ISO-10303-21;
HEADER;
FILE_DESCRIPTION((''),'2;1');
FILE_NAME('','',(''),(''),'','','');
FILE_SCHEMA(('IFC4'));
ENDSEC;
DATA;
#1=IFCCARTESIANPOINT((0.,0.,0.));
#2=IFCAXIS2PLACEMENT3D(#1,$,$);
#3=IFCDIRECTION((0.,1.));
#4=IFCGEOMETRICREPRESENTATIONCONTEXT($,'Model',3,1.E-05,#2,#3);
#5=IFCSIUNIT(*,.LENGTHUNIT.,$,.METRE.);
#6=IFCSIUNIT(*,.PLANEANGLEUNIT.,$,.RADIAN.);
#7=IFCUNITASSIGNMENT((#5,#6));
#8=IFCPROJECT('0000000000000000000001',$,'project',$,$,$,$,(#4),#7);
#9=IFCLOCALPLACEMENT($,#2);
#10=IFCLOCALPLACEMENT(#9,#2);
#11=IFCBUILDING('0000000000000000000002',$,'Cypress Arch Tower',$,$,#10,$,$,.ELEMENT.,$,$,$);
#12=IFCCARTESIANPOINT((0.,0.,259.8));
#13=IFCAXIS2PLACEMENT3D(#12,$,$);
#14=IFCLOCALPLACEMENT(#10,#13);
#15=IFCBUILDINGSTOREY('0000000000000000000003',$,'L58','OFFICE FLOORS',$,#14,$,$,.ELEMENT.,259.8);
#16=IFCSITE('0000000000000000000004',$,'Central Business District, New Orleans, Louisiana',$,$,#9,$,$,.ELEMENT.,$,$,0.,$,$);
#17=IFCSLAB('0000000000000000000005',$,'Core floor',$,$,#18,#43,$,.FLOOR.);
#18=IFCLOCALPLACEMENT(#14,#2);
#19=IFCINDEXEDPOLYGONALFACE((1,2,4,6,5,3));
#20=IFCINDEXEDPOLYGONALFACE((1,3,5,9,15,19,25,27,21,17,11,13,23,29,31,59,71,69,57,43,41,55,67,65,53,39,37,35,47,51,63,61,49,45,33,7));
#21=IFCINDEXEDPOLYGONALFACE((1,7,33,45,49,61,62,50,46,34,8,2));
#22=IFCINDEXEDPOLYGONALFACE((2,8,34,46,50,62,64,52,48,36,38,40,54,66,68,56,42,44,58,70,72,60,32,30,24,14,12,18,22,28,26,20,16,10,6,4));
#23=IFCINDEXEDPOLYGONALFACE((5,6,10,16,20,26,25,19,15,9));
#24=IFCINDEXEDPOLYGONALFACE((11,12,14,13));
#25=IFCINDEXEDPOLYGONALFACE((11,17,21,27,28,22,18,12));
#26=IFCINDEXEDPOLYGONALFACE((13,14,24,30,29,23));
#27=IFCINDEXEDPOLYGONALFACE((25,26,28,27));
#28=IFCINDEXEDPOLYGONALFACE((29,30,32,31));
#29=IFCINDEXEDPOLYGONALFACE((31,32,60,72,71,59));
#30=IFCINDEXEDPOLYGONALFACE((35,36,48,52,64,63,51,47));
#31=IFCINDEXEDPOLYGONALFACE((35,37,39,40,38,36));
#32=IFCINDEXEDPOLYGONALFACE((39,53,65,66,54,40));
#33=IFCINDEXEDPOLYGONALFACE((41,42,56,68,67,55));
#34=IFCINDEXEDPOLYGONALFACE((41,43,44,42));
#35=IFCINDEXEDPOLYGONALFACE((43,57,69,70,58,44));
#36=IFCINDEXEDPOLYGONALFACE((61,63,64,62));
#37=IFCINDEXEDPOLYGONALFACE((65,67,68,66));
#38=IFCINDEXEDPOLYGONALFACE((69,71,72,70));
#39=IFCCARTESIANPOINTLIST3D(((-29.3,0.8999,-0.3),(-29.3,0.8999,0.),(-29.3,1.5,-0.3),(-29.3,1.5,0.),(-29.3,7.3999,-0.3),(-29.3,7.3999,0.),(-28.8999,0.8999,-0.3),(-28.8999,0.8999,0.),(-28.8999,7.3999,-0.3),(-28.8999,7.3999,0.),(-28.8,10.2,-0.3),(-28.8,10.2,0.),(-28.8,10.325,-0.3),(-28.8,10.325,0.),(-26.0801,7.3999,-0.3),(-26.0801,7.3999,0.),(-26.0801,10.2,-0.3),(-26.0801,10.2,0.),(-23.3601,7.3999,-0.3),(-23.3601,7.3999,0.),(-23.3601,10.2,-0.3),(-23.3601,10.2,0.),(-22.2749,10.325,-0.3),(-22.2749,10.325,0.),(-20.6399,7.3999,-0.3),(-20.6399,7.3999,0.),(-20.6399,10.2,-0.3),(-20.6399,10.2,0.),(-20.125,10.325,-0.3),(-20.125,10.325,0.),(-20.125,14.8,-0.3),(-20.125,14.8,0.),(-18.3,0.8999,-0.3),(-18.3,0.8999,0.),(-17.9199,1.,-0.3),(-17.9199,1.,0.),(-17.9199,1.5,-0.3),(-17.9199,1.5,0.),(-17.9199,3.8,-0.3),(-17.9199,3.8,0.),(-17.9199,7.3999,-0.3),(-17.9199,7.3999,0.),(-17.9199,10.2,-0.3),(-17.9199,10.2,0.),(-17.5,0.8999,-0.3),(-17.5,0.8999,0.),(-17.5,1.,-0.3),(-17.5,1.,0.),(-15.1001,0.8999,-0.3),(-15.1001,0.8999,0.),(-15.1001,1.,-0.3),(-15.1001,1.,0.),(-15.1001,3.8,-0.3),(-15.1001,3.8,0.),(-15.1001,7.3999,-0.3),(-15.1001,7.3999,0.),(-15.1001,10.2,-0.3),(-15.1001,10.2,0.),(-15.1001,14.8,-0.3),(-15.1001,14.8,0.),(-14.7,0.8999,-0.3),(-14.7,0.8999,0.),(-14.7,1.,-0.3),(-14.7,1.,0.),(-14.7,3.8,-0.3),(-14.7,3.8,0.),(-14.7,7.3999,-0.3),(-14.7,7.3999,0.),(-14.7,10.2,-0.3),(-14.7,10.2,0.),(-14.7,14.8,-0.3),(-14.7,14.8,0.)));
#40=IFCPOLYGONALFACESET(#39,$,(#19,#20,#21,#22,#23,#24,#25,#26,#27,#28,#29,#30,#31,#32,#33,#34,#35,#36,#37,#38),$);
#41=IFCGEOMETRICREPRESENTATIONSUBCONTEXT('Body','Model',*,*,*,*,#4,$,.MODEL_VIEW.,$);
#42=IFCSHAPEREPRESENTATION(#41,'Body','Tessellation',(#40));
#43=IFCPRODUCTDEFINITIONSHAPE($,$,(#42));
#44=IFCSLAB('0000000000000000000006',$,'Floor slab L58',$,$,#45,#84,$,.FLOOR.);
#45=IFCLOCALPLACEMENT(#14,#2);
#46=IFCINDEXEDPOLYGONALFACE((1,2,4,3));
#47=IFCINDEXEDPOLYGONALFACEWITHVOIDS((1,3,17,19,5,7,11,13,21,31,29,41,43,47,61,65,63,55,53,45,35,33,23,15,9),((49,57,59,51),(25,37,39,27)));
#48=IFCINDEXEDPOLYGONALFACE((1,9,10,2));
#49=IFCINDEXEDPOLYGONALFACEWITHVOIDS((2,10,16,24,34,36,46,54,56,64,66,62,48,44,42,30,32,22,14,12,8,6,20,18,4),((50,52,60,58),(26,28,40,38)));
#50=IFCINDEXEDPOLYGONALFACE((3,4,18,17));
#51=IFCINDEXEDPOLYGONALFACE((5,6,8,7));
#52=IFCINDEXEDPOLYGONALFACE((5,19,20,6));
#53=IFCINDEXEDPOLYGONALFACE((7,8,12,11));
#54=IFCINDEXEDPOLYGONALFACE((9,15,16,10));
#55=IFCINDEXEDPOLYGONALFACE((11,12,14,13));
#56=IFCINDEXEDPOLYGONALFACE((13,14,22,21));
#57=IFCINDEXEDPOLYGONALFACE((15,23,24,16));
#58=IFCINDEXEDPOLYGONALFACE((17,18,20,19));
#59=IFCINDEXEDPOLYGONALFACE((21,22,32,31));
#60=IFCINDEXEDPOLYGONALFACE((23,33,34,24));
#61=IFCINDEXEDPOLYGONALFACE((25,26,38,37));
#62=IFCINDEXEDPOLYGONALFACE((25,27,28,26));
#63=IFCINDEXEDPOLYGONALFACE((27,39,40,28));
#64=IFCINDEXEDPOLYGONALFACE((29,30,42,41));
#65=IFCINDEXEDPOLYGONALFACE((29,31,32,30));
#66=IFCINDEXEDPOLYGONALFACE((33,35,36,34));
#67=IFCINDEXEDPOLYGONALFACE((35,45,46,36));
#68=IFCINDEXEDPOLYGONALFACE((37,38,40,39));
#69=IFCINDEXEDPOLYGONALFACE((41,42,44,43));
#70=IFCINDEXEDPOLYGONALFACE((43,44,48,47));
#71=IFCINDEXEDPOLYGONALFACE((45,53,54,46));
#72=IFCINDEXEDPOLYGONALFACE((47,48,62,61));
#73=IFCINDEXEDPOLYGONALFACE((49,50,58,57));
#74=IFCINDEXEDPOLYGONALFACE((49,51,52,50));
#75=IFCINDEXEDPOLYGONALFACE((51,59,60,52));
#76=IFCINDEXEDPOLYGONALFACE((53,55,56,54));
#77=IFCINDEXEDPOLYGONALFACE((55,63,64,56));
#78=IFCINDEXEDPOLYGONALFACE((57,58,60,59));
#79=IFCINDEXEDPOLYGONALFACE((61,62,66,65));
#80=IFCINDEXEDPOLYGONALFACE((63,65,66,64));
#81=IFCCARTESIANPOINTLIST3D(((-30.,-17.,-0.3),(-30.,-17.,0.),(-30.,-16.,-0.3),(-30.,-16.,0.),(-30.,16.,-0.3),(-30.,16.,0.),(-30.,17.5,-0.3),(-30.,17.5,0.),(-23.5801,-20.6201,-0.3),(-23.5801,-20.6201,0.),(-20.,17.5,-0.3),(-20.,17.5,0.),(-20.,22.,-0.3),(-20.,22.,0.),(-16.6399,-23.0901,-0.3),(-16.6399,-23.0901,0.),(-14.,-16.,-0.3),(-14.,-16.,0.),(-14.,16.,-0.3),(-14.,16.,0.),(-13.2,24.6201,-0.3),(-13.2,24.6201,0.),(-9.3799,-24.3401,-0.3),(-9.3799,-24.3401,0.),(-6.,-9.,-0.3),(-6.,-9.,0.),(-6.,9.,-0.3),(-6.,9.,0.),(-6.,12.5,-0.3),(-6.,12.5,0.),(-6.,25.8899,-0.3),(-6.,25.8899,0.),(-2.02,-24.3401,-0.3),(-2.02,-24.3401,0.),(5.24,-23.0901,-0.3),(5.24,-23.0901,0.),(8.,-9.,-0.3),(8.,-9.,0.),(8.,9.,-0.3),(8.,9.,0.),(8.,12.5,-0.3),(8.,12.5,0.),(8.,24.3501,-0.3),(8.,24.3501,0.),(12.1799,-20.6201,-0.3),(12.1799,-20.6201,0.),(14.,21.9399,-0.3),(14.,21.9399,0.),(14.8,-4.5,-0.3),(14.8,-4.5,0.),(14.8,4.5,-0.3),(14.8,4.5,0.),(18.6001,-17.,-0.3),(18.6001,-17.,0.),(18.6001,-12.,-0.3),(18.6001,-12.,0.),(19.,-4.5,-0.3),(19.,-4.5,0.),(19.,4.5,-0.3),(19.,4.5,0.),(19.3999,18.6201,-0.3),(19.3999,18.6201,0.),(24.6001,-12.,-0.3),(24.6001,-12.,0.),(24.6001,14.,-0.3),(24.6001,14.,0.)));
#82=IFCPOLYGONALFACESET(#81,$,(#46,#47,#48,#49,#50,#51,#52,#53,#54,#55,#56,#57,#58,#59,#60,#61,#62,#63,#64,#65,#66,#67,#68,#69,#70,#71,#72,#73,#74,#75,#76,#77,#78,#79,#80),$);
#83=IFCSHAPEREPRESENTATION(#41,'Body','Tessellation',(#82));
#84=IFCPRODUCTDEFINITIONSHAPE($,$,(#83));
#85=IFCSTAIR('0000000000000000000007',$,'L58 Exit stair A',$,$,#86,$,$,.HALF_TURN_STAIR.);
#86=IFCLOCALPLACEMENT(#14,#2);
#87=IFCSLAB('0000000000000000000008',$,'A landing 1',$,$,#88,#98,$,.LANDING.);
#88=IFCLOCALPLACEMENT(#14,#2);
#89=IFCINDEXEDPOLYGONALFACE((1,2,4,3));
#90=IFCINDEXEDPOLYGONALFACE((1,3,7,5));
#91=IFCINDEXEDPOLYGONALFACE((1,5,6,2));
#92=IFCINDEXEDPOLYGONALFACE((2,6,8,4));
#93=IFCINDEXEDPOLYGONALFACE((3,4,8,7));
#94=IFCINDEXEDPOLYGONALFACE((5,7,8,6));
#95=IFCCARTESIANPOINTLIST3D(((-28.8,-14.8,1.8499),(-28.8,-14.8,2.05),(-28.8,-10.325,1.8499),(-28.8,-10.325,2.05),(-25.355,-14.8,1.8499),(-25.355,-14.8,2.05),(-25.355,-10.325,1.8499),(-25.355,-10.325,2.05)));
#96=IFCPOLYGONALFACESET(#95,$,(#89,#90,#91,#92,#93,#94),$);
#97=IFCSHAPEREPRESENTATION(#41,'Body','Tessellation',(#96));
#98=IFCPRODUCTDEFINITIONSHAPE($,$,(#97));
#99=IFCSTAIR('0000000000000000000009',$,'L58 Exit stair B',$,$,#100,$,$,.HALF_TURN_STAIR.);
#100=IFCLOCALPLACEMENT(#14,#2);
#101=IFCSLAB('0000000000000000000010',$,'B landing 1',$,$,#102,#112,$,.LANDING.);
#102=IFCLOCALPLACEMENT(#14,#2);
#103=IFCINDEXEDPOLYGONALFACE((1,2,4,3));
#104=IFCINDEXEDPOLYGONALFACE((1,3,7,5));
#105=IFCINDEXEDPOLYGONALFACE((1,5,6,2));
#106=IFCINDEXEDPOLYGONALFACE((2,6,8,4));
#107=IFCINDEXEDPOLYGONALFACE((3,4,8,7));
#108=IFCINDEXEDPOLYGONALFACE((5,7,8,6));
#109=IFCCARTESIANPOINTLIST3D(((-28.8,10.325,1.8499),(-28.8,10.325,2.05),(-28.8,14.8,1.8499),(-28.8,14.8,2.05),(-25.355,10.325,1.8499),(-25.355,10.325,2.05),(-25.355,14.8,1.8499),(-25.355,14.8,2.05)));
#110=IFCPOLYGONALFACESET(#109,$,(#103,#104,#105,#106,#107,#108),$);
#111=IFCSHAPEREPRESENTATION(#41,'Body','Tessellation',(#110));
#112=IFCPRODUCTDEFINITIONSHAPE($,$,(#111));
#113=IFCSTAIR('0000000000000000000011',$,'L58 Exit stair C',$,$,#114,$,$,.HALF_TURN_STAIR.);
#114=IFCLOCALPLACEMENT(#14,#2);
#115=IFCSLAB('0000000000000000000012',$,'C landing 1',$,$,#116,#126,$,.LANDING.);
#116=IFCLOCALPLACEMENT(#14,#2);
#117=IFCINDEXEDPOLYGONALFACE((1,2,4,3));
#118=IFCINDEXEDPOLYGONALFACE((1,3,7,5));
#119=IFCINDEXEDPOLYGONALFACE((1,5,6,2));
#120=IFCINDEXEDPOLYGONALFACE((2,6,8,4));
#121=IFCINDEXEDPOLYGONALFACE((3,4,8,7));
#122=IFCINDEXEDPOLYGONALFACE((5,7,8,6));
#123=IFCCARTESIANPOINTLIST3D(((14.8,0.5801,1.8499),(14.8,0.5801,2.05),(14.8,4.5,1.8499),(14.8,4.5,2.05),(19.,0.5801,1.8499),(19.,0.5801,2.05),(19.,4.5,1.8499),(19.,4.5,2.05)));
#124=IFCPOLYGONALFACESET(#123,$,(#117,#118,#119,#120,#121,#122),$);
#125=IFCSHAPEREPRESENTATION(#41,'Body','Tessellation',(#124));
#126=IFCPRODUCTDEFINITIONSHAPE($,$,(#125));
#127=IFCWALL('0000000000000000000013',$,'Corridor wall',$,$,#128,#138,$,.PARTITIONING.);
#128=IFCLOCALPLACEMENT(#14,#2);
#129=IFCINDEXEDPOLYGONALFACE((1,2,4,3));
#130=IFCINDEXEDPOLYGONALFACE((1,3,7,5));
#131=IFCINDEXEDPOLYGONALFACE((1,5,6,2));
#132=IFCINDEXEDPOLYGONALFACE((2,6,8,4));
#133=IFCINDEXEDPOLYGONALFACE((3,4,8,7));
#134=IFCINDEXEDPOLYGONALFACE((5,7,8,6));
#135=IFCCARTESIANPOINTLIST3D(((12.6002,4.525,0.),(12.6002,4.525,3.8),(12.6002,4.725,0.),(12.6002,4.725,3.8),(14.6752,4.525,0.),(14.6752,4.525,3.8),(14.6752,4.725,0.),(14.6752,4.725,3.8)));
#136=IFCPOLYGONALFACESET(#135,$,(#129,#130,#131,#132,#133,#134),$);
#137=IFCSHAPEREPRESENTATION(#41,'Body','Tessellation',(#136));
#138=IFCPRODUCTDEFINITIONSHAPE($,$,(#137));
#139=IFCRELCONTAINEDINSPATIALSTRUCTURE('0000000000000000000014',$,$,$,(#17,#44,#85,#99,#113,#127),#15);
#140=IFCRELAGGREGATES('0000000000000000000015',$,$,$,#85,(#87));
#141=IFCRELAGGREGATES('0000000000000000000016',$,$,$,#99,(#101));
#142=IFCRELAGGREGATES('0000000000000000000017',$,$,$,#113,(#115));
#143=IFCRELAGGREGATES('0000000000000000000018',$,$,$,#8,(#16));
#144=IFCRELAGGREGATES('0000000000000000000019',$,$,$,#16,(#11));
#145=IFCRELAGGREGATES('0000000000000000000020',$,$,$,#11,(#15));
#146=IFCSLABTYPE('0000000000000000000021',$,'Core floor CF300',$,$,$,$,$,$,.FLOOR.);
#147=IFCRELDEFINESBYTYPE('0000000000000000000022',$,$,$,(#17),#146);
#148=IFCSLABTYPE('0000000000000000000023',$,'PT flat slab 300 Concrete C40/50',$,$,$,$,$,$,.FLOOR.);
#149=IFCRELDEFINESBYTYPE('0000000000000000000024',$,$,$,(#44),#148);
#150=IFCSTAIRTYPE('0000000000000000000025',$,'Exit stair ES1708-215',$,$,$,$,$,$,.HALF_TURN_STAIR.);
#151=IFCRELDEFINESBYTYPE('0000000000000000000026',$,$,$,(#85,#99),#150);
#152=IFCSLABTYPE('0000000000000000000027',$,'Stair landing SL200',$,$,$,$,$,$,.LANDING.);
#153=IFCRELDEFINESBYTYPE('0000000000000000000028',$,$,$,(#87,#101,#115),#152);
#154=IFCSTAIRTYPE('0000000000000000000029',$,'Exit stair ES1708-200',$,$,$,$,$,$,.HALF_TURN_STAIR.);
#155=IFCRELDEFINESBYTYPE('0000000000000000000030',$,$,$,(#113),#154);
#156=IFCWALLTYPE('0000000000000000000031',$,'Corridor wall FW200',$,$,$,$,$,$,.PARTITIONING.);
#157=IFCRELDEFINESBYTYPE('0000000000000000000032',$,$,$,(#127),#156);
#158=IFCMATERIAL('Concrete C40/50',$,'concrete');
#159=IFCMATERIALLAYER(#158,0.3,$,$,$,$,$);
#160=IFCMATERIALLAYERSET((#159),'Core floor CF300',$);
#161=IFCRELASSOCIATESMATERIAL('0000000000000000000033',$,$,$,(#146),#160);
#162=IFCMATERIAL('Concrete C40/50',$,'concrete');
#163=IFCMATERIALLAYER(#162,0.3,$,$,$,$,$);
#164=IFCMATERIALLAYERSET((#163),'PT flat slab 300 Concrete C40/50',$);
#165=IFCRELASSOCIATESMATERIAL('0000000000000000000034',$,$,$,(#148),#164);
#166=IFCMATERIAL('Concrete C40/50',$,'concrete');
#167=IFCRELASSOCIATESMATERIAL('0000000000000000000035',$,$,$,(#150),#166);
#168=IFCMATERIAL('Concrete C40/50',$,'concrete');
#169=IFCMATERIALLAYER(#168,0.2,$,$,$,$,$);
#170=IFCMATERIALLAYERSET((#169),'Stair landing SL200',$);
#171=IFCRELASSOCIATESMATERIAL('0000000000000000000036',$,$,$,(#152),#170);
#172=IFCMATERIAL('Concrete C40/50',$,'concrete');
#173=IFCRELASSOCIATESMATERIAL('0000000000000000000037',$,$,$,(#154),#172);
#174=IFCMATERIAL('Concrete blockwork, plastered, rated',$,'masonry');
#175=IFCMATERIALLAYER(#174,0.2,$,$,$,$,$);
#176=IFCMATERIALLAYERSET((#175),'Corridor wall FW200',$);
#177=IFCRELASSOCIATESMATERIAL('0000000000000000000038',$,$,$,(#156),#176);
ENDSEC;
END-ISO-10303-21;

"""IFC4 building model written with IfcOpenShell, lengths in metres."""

from ifc_helpers import new_model, si_unit, direction, frame, frame_2d, origin, place, context, subcontext, project, spatial, polyline, rectangle, outline, extrude, material, layer, layer_set, type_object, element, aggregate, save


model = new_model("IFC4")

# Units and contexts
model_context = context("Model", 3, precision=1e-05, world=origin(), true_north=direction((0.0, 1.0)))
body_context = subcontext(model_context, "Body", "Model", "MODEL_VIEW")
ifc_project = project(units=[si_unit("LENGTHUNIT", "METRE"), si_unit("PLANEANGLEUNIT", "RADIAN")], contexts=[model_context])

# Site, building, storey
site_placement = place(None, origin())
site = spatial("IfcSite", under=ifc_project, at=site_placement, Name="Central Business District, New Orleans, Louisiana", CompositionType="ELEMENT", RefElevation=0.0)
building_placement = place(site_placement, origin())
building = spatial("IfcBuilding", under=site, at=building_placement, Name="Cypress Arch Tower", CompositionType="ELEMENT")
storey_placement = place(building_placement, frame((0.0, 0.0, 259.8)))
storey = spatial("IfcBuildingStorey", under=building, at=storey_placement, Name="L58", Description="OFFICE FLOORS", CompositionType="ELEMENT", Elevation=259.8)

# Slabs
ifc_material_1 = material(Name="Concrete C40/50", Category="concrete")
ifc_layer_1 = layer(ifc_material_1, 0.3)
ifc_layer_set_1 = layer_set([ifc_layer_1], Name="Core floor CF300")
slab_type_1 = type_object("IfcSlabType", Name="Core floor CF300", PredefinedType="FLOOR", material=ifc_layer_set_1)
slab_1_placement = place(storey_placement, frame((0.0, 0.0, -0.3)))
element("IfcSlab", 1, at=slab_1_placement, inside=storey, type_object=slab_type_1, Name="Core floor", PredefinedType="FLOOR", context=body_context, shape_type="SweptSolid", body=[
    extrude(outline(polyline([(-20.6399, 10.2), (-23.3601, 10.2), (-26.0801, 10.2), (-28.8, 10.2), (-28.8, 10.325), (-22.2749, 10.325), (-20.125, 10.325), (-20.125, 14.8), (-15.1001, 14.8), (-14.7, 14.8), (-14.7, 10.2), (-15.1001, 10.2), (-17.9199, 10.2), (-17.9199, 7.3999), (-15.1001, 7.3999), (-14.7, 7.3999), (-14.7, 3.8), (-15.1001, 3.8), (-17.9199, 3.8), (-17.9199, 1.5), (-17.9199, 1.0), (-17.5, 1.0), (-15.1001, 1.0), (-14.7, 1.0), (-14.7, 0.8999), (-15.1001, 0.8999), (-17.5, 0.8999), (-18.3, 0.8999), (-28.8999, 0.8999), (-29.3, 0.8999), (-29.3, 1.5), (-29.3, 7.3999), (-28.8999, 7.3999), (-26.0801, 7.3999), (-23.3601, 7.3999), (-20.6399, 7.3999), (-20.6399, 10.2)])), origin(), (0.0, 0.0, 1.0), 0.3),
])
ifc_material_2 = material(Name="Concrete C40/50", Category="concrete")
ifc_layer_2 = layer(ifc_material_2, 0.3)
ifc_layer_set_2 = layer_set([ifc_layer_2], Name="PT flat slab 300 Concrete C40/50")
slab_type_2 = type_object("IfcSlabType", Name="PT flat slab 300 Concrete C40/50", PredefinedType="FLOOR", material=ifc_layer_set_2)
slab_2_placement = place(storey_placement, frame((0.0, 0.0, -0.3)))
element("IfcSlab", 2, at=slab_2_placement, inside=storey, type_object=slab_type_2, Name="Floor slab L58", PredefinedType="FLOOR", context=body_context, shape_type="SweptSolid", body=[
    extrude(outline(polyline([(-30.0, 17.5), (-20.0, 17.5), (-20.0, 22.0), (-13.2, 24.6201), (-6.0, 25.8899), (-6.0, 12.5), (8.0, 12.5), (8.0, 24.3501), (14.0, 21.9399), (19.3999, 18.6201), (24.6001, 14.0), (24.6001, -12.0), (18.6001, -12.0), (18.6001, -17.0), (12.1799, -20.6201), (5.24, -23.0901), (-2.02, -24.3401), (-9.3799, -24.3401), (-16.6399, -23.0901), (-23.5801, -20.6201), (-30.0, -17.0), (-30.0, -16.0), (-14.0, -16.0), (-14.0, 16.0), (-30.0, 16.0), (-30.0, 17.5)]), holes=[polyline([(-6.0, -9.0), (8.0, -9.0), (8.0, 9.0), (-6.0, 9.0), (-6.0, -9.0)]), polyline([(14.8, -4.5), (19.0, -4.5), (19.0, 4.5), (14.8, 4.5), (14.8, -4.5)])]), origin(), (0.0, 0.0, 1.0), 0.3),
])

# Stairs, slabs
ifc_material_3 = material(Name="Concrete C40/50", Category="concrete")
stair_type_1 = type_object("IfcStairType", Name="Exit stair ES1708-215", PredefinedType="HALF_TURN_STAIR", material=ifc_material_3)
stair_1_placement = place(storey_placement, origin())
stair_1 = element("IfcStair", 3, at=stair_1_placement, inside=storey, type_object=stair_type_1, Name="L58 Exit stair A", PredefinedType="HALF_TURN_STAIR")
ifc_material_4 = material(Name="Concrete C40/50", Category="concrete")
ifc_layer_3 = layer(ifc_material_4, 0.2)
ifc_layer_set_3 = layer_set([ifc_layer_3], Name="Stair landing SL200")
slab_type_3 = type_object("IfcSlabType", Name="Stair landing SL200", PredefinedType="LANDING", material=ifc_layer_set_3)
slab_3_placement = place(storey_placement, frame((0.0, 0.0, 1.8499)))
slab_3 = element("IfcSlab", 4, at=slab_3_placement, type_object=slab_type_3, Name="A landing 1", PredefinedType="LANDING", context=body_context, shape_type="SweptSolid", body=[
    extrude(outline(polyline([(-25.355, -10.325), (-28.8, -10.325), (-28.8, -14.8), (-25.355, -14.8), (-25.355, -10.325)])), origin(), (0.0, 0.0, 1.0), 0.2002),
])
aggregate(stair_1, [slab_3])
stair_2_placement = place(storey_placement, origin())
stair_2 = element("IfcStair", 5, at=stair_2_placement, inside=storey, type_object=stair_type_1, Name="L58 Exit stair B", PredefinedType="HALF_TURN_STAIR")
slab_4_placement = place(storey_placement, frame((0.0, 0.0, 1.8499)))
slab_4 = element("IfcSlab", 6, at=slab_4_placement, type_object=slab_type_3, Name="B landing 1", PredefinedType="LANDING", context=body_context, shape_type="SweptSolid", body=[
    extrude(outline(polyline([(-25.355, 14.8), (-28.8, 14.8), (-28.8, 10.325), (-25.355, 10.325), (-25.355, 14.8)])), origin(), (0.0, 0.0, 1.0), 0.2002),
])
aggregate(stair_2, [slab_4])
ifc_material_5 = material(Name="Concrete C40/50", Category="concrete")
stair_type_2 = type_object("IfcStairType", Name="Exit stair ES1708-200", PredefinedType="HALF_TURN_STAIR", material=ifc_material_5)
stair_3_placement = place(storey_placement, origin())
stair_3 = element("IfcStair", 7, at=stair_3_placement, inside=storey, type_object=stair_type_2, Name="L58 Exit stair C", PredefinedType="HALF_TURN_STAIR")
slab_5_placement = place(storey_placement, frame((0.0, 0.0, 1.8499)))
slab_5 = element("IfcSlab", 8, at=slab_5_placement, type_object=slab_type_3, Name="C landing 1", PredefinedType="LANDING", context=body_context, shape_type="SweptSolid", body=[
    extrude(outline(polyline([(19.0, 0.5801), (19.0, 4.5), (14.8, 4.5), (14.8, 0.5801), (19.0, 0.5801)])), origin(), (0.0, 0.0, 1.0), 0.2002),
])
aggregate(stair_3, [slab_5])

# Wall
ifc_material_6 = material(Name="Concrete blockwork, plastered, rated", Category="masonry")
ifc_layer_4 = layer(ifc_material_6, 0.2)
ifc_layer_set_4 = layer_set([ifc_layer_4], Name="Corridor wall FW200")
wall_type = type_object("IfcWallType", Name="Corridor wall FW200", PredefinedType="PARTITIONING", material=ifc_layer_set_4)
wall_placement = place(storey_placement, frame((12.6001, 4.625, 0.0), z_axis=(0.0, 0.0, 1.0), x_axis=(1.0, 0.0, 0.0)))
element("IfcWall", 9, at=wall_placement, inside=storey, type_object=wall_type, Name="Corridor wall", PredefinedType="PARTITIONING", context=body_context, shape_type="SweptSolid", body=[
    extrude(rectangle(XDim=2.075, YDim=0.2, at=frame_2d((1.0376, 0.0))), origin(), (0.0, 0.0, 1.0), 3.8),
])

save(model, "model.ifc")
